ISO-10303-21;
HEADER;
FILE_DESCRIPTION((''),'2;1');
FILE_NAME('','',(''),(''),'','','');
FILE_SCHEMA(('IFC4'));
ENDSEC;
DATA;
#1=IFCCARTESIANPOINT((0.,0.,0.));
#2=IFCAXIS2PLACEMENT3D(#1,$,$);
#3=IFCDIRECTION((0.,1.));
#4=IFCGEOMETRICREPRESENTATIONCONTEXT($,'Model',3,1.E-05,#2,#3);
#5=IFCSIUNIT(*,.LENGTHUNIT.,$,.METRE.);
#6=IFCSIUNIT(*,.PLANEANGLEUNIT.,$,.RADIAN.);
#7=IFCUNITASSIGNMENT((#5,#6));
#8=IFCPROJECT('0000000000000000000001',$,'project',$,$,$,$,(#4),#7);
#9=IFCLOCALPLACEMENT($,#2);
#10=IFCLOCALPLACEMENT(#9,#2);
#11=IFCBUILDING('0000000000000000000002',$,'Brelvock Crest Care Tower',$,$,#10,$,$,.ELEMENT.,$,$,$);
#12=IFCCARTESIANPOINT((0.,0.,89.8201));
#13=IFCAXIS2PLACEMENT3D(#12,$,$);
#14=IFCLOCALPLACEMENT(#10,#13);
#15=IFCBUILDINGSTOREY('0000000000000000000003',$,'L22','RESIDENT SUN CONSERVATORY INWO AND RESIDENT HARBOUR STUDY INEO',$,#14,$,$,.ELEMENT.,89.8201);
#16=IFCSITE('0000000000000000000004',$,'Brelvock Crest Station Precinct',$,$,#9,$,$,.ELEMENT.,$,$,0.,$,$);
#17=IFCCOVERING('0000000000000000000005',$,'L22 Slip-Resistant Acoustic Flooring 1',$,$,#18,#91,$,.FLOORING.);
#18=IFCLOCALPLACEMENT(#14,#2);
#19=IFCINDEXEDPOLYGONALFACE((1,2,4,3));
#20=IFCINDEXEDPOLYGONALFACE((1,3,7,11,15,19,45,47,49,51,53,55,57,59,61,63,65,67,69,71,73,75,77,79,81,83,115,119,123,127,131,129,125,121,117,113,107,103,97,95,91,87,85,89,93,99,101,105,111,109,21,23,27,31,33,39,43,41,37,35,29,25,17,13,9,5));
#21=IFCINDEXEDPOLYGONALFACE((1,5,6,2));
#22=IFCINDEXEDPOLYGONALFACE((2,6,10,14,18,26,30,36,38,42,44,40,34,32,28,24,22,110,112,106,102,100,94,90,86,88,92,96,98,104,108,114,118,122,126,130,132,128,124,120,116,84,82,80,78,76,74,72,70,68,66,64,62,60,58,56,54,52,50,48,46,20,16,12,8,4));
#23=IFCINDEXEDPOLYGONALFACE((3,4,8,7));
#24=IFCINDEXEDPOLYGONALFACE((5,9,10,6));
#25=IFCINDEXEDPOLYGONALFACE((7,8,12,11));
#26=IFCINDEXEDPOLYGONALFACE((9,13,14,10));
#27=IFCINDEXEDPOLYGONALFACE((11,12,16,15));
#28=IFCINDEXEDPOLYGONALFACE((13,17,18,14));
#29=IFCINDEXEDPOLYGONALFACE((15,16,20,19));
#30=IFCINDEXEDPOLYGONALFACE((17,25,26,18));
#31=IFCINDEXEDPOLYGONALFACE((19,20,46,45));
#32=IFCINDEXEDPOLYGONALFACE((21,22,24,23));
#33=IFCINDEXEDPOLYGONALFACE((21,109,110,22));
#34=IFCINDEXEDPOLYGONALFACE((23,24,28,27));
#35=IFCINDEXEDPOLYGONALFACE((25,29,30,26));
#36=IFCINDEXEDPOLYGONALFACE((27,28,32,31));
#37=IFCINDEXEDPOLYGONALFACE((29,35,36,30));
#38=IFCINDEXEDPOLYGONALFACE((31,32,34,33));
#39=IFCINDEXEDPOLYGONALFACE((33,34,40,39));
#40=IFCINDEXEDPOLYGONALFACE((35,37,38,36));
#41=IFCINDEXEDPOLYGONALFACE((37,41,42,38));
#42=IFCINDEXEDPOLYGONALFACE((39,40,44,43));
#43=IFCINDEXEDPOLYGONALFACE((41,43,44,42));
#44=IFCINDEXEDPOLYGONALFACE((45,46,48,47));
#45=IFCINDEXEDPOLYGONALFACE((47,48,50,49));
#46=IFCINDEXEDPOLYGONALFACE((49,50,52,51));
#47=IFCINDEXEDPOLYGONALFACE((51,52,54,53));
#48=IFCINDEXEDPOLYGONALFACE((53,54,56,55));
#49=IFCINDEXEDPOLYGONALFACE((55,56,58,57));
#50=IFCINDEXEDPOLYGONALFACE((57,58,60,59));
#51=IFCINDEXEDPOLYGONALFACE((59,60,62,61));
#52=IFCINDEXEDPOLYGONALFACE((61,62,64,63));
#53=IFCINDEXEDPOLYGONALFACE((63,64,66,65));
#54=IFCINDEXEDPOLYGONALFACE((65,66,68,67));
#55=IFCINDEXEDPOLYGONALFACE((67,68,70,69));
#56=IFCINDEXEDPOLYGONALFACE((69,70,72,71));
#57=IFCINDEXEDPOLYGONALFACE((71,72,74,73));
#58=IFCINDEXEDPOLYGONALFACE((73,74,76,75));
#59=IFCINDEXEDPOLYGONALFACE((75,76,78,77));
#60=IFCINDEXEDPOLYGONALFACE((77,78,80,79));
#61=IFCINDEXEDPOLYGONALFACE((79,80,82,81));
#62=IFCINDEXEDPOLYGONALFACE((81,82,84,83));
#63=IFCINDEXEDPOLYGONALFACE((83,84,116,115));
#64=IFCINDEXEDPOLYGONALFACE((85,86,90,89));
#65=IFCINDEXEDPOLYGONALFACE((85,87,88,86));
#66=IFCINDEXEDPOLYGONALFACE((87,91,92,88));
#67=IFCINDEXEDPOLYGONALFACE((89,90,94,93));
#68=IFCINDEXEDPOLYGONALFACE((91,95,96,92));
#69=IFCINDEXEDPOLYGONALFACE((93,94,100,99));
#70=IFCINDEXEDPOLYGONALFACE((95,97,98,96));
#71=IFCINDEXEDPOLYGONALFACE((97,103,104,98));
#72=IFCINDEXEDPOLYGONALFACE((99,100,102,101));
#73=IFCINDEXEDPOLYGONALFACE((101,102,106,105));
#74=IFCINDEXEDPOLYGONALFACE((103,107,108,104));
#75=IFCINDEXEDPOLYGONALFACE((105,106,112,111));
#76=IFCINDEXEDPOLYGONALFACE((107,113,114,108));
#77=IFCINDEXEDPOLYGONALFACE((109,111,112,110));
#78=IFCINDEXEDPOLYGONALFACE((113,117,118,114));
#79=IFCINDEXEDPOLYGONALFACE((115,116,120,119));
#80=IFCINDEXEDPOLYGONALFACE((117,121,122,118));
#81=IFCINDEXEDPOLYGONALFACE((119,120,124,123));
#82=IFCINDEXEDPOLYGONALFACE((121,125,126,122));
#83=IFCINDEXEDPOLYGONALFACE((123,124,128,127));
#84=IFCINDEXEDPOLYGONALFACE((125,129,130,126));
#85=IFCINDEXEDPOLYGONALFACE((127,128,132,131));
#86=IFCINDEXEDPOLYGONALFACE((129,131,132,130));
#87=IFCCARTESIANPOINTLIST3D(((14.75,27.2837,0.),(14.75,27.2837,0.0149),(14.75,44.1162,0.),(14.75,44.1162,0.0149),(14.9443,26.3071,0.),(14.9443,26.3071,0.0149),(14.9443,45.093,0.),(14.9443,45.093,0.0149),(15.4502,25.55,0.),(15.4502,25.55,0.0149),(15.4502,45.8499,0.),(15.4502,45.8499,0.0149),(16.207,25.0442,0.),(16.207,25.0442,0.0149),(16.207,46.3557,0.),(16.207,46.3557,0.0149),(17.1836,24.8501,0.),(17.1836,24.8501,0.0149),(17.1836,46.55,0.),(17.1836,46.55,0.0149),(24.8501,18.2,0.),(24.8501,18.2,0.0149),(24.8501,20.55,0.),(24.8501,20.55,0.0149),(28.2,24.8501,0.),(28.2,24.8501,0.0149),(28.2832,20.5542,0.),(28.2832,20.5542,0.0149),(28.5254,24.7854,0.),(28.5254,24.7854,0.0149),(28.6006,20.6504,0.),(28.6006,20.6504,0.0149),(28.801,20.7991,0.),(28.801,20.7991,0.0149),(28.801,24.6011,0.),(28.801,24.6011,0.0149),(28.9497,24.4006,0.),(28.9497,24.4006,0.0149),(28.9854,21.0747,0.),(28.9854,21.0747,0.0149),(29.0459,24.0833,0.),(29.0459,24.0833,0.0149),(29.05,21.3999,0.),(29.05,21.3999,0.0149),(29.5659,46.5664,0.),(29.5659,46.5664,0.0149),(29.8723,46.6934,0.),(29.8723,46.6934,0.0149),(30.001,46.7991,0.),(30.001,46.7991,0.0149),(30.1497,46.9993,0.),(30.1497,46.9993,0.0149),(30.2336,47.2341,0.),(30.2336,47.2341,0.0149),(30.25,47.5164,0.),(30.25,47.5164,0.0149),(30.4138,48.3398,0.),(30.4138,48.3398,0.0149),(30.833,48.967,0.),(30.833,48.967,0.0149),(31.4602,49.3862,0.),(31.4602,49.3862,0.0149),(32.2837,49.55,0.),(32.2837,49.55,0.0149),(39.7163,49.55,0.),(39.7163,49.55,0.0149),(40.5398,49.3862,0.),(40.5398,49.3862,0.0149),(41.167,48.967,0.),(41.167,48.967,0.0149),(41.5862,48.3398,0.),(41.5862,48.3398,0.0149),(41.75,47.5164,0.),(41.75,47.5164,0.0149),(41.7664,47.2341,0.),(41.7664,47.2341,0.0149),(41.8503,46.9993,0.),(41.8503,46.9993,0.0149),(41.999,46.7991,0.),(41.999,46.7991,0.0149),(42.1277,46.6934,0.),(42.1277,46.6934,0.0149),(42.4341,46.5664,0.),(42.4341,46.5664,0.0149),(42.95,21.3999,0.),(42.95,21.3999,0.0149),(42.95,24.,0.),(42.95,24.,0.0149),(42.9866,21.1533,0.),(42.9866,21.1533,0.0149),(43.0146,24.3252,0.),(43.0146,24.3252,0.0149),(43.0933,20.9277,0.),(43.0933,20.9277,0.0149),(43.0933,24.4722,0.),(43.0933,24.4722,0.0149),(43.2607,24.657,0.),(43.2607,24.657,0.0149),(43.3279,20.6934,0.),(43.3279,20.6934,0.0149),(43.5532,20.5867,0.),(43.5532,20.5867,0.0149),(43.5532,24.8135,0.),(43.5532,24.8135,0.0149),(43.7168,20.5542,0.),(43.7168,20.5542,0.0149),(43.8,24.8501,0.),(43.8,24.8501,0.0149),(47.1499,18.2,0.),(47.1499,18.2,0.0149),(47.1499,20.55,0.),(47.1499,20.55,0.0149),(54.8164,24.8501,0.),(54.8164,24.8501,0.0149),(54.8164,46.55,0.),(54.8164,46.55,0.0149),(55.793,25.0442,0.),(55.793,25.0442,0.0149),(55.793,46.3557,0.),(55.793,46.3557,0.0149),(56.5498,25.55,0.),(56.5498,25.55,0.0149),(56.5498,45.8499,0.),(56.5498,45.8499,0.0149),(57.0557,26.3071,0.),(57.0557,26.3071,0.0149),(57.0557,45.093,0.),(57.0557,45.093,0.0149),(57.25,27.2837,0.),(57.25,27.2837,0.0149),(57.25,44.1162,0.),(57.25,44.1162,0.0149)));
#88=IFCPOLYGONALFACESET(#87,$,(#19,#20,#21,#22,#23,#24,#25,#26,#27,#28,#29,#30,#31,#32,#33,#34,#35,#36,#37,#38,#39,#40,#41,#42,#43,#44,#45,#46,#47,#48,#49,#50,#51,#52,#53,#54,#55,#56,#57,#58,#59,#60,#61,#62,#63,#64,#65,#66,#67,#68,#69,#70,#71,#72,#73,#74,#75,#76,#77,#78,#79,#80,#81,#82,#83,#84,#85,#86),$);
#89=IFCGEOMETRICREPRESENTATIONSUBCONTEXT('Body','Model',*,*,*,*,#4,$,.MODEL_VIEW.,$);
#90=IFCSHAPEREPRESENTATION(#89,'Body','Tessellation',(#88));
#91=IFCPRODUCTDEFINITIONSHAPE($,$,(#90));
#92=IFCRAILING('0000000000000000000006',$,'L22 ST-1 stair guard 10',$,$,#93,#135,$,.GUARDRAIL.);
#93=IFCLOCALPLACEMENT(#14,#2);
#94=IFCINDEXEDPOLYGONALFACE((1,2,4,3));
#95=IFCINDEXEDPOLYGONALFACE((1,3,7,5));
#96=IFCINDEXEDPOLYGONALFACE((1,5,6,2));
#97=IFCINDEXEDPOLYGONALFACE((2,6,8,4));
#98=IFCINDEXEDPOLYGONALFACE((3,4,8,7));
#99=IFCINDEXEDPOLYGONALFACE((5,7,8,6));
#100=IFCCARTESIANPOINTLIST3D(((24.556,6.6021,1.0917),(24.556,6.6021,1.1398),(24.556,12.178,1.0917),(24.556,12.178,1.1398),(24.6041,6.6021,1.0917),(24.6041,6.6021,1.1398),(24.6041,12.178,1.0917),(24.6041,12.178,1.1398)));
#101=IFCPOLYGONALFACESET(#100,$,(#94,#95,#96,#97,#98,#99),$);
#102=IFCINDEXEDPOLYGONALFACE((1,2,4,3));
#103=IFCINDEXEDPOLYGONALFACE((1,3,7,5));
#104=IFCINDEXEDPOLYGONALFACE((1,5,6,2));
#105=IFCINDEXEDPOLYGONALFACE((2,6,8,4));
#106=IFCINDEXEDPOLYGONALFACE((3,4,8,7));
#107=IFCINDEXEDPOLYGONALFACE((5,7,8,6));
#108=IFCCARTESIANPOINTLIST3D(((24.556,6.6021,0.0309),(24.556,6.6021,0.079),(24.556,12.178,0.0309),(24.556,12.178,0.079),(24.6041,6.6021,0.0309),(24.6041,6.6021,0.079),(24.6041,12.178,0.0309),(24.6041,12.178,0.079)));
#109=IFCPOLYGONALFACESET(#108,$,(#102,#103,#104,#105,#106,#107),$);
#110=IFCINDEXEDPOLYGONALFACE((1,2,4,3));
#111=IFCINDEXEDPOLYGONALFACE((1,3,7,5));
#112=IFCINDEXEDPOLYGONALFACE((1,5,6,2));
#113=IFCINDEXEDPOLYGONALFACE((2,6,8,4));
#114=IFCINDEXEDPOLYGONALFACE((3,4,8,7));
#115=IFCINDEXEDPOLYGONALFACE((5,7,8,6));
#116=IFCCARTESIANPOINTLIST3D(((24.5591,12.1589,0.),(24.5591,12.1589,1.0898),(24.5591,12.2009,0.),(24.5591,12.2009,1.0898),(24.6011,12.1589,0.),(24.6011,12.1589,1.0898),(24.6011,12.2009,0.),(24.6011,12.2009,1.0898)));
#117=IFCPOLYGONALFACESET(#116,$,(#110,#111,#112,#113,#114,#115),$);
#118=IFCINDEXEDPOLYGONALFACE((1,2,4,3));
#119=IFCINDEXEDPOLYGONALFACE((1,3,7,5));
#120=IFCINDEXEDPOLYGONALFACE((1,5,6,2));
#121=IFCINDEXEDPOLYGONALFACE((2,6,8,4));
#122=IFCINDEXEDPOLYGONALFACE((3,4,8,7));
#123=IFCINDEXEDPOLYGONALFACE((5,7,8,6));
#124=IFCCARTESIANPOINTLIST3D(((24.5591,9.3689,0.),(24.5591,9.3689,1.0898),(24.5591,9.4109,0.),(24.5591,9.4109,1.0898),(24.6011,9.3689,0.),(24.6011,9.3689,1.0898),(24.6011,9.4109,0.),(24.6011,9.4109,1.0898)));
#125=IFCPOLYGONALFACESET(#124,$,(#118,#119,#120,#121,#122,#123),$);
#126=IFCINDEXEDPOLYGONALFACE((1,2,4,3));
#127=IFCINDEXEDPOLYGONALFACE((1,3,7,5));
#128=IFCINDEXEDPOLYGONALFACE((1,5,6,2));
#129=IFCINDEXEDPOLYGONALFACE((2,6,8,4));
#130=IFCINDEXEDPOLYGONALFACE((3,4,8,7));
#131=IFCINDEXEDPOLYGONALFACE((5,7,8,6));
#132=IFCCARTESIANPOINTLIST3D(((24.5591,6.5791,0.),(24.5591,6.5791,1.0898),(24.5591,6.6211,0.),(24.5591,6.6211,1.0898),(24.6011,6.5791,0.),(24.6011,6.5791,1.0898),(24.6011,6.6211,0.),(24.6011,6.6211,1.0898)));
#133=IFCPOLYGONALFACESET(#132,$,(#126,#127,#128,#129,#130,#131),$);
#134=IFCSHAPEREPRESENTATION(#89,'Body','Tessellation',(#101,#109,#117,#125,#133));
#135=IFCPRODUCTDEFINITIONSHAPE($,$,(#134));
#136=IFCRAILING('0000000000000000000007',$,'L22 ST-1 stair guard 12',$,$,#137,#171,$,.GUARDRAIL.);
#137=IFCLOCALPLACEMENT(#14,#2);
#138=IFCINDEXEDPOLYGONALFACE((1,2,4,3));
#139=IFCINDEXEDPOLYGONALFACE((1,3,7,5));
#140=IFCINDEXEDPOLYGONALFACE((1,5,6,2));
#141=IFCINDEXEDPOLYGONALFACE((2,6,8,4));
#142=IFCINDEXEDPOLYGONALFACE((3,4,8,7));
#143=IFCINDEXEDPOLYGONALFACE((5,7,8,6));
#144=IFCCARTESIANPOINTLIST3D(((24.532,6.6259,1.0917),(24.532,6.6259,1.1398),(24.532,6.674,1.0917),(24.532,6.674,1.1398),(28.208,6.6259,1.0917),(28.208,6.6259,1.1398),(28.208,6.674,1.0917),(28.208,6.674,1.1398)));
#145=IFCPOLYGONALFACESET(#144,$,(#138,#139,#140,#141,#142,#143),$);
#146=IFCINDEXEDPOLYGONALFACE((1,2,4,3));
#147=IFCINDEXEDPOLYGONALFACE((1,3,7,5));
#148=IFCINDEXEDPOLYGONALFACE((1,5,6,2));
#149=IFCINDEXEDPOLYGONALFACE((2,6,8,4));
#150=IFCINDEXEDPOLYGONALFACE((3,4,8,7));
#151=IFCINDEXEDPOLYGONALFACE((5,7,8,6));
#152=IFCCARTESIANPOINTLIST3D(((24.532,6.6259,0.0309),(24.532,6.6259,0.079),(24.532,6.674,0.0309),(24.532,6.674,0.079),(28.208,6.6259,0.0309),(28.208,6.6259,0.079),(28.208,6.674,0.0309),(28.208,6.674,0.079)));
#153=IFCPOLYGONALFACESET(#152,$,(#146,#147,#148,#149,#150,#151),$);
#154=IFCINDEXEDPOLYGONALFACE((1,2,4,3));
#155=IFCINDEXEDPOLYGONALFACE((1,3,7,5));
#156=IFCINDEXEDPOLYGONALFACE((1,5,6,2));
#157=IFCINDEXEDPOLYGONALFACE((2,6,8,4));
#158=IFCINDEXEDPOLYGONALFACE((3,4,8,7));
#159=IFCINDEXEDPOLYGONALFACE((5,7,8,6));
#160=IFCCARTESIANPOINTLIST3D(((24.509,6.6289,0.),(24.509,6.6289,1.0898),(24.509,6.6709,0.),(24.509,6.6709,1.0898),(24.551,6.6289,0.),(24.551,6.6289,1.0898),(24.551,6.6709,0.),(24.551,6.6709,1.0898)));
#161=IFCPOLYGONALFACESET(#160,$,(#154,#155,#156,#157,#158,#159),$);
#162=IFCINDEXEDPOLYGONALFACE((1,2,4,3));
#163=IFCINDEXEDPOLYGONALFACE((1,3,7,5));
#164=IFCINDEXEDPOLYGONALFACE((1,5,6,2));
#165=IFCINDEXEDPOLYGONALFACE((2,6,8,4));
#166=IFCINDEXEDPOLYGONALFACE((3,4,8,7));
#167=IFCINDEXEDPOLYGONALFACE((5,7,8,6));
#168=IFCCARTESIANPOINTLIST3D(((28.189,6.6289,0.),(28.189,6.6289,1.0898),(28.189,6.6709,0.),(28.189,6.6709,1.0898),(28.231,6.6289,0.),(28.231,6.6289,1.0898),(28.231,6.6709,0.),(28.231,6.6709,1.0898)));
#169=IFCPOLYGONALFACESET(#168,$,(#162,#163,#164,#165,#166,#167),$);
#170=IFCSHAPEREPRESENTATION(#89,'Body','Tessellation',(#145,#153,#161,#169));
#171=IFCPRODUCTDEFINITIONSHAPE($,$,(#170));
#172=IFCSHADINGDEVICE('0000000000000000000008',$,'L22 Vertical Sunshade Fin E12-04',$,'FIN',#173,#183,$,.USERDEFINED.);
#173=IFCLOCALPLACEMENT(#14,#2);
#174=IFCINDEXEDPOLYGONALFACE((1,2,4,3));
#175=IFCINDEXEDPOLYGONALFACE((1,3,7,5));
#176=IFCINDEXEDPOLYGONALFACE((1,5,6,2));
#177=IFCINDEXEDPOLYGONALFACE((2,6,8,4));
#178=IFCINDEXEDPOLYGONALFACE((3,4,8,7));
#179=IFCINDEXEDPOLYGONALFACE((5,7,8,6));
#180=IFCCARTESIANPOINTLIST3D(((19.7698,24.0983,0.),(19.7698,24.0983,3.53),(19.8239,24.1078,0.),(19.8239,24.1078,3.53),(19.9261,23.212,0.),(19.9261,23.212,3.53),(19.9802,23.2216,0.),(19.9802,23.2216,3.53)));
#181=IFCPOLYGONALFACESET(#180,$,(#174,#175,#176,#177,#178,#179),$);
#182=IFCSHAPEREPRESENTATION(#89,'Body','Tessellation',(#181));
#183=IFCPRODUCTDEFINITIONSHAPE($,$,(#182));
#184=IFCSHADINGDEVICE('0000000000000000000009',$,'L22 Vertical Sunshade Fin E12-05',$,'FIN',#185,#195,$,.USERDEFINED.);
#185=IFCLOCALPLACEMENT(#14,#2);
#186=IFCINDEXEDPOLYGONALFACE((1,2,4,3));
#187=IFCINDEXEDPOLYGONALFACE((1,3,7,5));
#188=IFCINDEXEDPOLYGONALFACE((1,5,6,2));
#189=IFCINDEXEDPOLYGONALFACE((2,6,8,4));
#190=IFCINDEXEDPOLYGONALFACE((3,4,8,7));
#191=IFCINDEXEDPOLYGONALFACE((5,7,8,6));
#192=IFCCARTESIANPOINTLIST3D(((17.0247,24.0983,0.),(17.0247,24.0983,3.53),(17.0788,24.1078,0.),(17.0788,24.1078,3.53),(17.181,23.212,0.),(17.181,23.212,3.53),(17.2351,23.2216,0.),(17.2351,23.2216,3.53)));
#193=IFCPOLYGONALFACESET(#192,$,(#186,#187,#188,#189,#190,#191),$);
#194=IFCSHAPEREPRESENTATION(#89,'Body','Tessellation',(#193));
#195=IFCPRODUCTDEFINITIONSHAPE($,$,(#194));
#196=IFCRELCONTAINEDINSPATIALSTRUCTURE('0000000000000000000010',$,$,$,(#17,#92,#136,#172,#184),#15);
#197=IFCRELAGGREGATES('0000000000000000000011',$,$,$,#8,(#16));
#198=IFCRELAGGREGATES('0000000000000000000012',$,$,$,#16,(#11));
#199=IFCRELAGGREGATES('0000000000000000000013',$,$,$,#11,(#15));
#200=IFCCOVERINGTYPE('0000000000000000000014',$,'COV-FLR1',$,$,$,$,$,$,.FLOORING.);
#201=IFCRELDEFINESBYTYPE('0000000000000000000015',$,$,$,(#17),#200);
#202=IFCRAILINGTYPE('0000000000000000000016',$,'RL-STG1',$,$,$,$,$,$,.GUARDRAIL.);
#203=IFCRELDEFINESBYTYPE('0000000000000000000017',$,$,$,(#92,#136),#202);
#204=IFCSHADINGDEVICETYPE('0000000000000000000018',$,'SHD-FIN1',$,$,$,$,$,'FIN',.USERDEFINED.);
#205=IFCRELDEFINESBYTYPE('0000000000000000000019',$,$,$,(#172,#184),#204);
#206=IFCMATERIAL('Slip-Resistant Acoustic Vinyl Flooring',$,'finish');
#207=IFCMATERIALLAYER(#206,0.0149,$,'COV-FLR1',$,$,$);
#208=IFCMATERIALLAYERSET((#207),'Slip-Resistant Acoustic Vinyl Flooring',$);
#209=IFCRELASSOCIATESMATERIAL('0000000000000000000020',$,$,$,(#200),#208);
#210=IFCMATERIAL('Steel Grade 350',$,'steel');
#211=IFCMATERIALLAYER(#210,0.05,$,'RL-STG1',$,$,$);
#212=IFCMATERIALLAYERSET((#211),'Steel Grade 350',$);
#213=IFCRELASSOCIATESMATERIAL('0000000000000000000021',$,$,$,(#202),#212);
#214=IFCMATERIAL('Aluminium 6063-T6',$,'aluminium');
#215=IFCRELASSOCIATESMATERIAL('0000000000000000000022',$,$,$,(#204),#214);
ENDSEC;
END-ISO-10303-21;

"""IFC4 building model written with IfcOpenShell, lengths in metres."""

from ifc_helpers import new_model, si_unit, direction, frame, origin, origin_2d, place, context, subcontext, project, spatial, polyline, rectangle, outline, extrude, source, transform, mapped, material, layer, layer_set, material_profile, profile_set, type_object, element, save


model = new_model("IFC4")

# Units and contexts
model_context = context("Model", 3, precision=1e-05, world=origin(), true_north=direction((0.0, 1.0)))
body_context = subcontext(model_context, "Body", "Model", "MODEL_VIEW")
ifc_project = project(units=[si_unit("LENGTHUNIT", "METRE"), si_unit("PLANEANGLEUNIT", "RADIAN")], contexts=[model_context])

# Site, building, storey
site_placement = place(None, origin())
site = spatial("IfcSite", under=ifc_project, at=site_placement, Name="Brelvock Crest Station Precinct", CompositionType="ELEMENT", RefElevation=0.0)
building_placement = place(site_placement, origin())
building = spatial("IfcBuilding", under=site, at=building_placement, Name="Brelvock Crest Care Tower", CompositionType="ELEMENT")
storey_placement = place(building_placement, frame((0.0, 0.0, 89.8201)))
storey = spatial("IfcBuildingStorey", under=building, at=storey_placement, Name="L22", Description="RESIDENT SUN CONSERVATORY INWO AND RESIDENT HARBOUR STUDY INEO", CompositionType="ELEMENT", Elevation=89.8201)

# Shared definitions
ifc_material_1 = material(Name="Steel Grade 350", Category="steel")

# Shared definitions
ifc_material_2 = material(Name="Aluminium 6063-T6", Category="aluminium")

# Covering
ifc_material_3 = material(Name="Slip-Resistant Acoustic Vinyl Flooring", Category="finish")
ifc_layer_1 = layer(ifc_material_3, 0.0149, Name="COV-FLR1")
ifc_layer_set_1 = layer_set([ifc_layer_1], Name="Slip-Resistant Acoustic Vinyl Flooring")
covering_type_1 = type_object("IfcCoveringType", Name="COV-FLR1", PredefinedType="FLOORING", material=ifc_layer_set_1)
covering_1_placement = place(storey_placement, origin())
element("IfcCovering", 1, at=covering_1_placement, inside=storey, type_object=covering_type_1, Name="L22 Slip-Resistant Acoustic Flooring 1", PredefinedType="FLOORING", context=body_context, shape_type="SweptSolid", body=[
    extrude(outline(polyline([(24.8501, 18.2), (47.1499, 18.2), (47.1499, 20.55), (43.7168, 20.5542), (43.5532, 20.5867), (43.3279, 20.6934), (43.0933, 20.9277), (42.9866, 21.1533), (42.95, 21.3999), (42.95, 24.0), (43.0146, 24.3252), (43.0933, 24.4722), (43.2607, 24.657), (43.5532, 24.8135), (43.8, 24.8501), (54.8164, 24.8501), (55.793, 25.0442), (56.5498, 25.55), (57.0557, 26.3071), (57.25, 27.2837), (57.25, 44.1162), (57.0557, 45.093), (56.5498, 45.8499), (55.793, 46.3557), (54.8164, 46.55), (42.4341, 46.5664), (42.1277, 46.6934), (41.999, 46.7991), (41.8503, 46.9993), (41.7664, 47.2341), (41.75, 47.5164), (41.5862, 48.3398), (41.167, 48.967), (40.5398, 49.3862), (39.7163, 49.55), (32.2837, 49.55), (31.4602, 49.3862), (30.833, 48.967), (30.4138, 48.3398), (30.25, 47.5164), (30.2336, 47.2341), (30.1497, 46.9993), (30.001, 46.7991), (29.8723, 46.6934), (29.5659, 46.5664), (17.1836, 46.55), (16.207, 46.3557), (15.4502, 45.8499), (14.9443, 45.093), (14.75, 44.1162), (14.75, 27.2837), (14.9443, 26.3071), (15.4502, 25.55), (16.207, 25.0442), (17.1836, 24.8501), (28.2, 24.8501), (28.5254, 24.7854), (28.801, 24.6011), (28.9497, 24.4006), (29.0459, 24.0833), (29.05, 21.3999), (28.9854, 21.0747), (28.801, 20.7991), (28.6006, 20.6504), (28.2832, 20.5542), (24.8501, 20.55), (24.8501, 18.2)])), origin(), (0.0, 0.0, 1.0), 0.0149),
])

# Railings
ifc_layer_2 = layer(ifc_material_1, 0.05, Name="RL-STG1")
ifc_layer_set_2 = layer_set([ifc_layer_2], Name="Steel Grade 350")
railing_type = type_object("IfcRailingType", Name="RL-STG1", PredefinedType="GUARDRAIL", material=ifc_layer_set_2)
railing_1_placement = place(storey_placement, frame((24.5801, 12.1799, 0.0)))
element("IfcRailing", 2, at=railing_1_placement, inside=storey, type_object=railing_type, Name="L22 ST-1 stair guard 10", PredefinedType="GUARDRAIL", context=body_context, shape_type="SweptSolid", body=[
    extrude(rectangle(XDim=0.0481, YDim=0.0481, at=origin_2d()), frame((0.0, -0.002, 1.1157), z_axis=(0.0, -1.0, 0.0), x_axis=(1.0, 0.0, 0.0)), (0.0, 0.0, 1.0), 5.5759),
    extrude(rectangle(XDim=0.0481, YDim=0.0481, at=origin_2d()), frame((0.0, -0.002, 0.0549), z_axis=(0.0, -1.0, 0.0), x_axis=(1.0, 0.0, 0.0)), (0.0, 0.0, 1.0), 5.5759),
    extrude(rectangle(XDim=0.042, YDim=0.042, at=origin_2d()), origin(), (0.0, 0.0, 1.0), 1.0898),
    extrude(rectangle(XDim=0.042, YDim=0.042, at=origin_2d()), frame((0.0, -2.79, 0.0)), (0.0, 0.0, 1.0), 1.0898),
    extrude(rectangle(XDim=0.042, YDim=0.042, at=origin_2d()), frame((0.0, -5.5798, 0.0)), (0.0, 0.0, 1.0), 1.0898),
])
railing_2_placement = place(storey_placement, frame((24.53, 6.6499, 0.0)))
element("IfcRailing", 3, at=railing_2_placement, inside=storey, type_object=railing_type, Name="L22 ST-1 stair guard 12", PredefinedType="GUARDRAIL", context=body_context, shape_type="SweptSolid", body=[
    extrude(rectangle(XDim=0.0481, YDim=0.0481, at=origin_2d()), frame((0.002, 0.0, 1.1157), z_axis=(1.0, 0.0, 0.0), x_axis=(0.0, 1.0, 0.0)), (0.0, 0.0, 1.0), 3.676),
    extrude(rectangle(XDim=0.0481, YDim=0.0481, at=origin_2d()), frame((0.002, 0.0, 0.0549), z_axis=(1.0, 0.0, 0.0), x_axis=(0.0, 1.0, 0.0)), (0.0, 0.0, 1.0), 3.676),
    extrude(rectangle(XDim=0.042, YDim=0.042, at=origin_2d()), origin(), (0.0, 0.0, 1.0), 1.0898),
    extrude(rectangle(XDim=0.042, YDim=0.042, at=origin_2d()), frame((3.6799, 0.0, 0.0)), (0.0, 0.0, 1.0), 1.0898),
])

# Shading devices
ifc_material_profile_1 = material_profile(ifc_material_2, rectangle(XDim=0.0549, YDim=0.8999, at=origin_2d()), Name="FIN55x900")
ifc_profile_set_1 = profile_set([ifc_material_profile_1], Name="Aluminium 6063-T6")
shading_device_type = type_object("IfcShadingDeviceType", Name="SHD-FIN1", ElementType="FIN", PredefinedType="USERDEFINED", material=ifc_profile_set_1)
shared_shape_1 = source(origin(), body_context, "Body", "SweptSolid", [
    extrude(rectangle(XDim=0.0549, YDim=0.8999, at=origin_2d()), origin(), (0.0, 0.0, 1.0), 3.53),
])
for number, where, z_axis, x_axis, name in (
    (4, (19.875, 23.6599, 0.0), (0.0, 0.0, 1.0), (-0.984808, -0.173648, 0.0), "L22 Vertical Sunshade Fin E12-04"),
    (5, (17.1299, 23.6599, 0.0), (0.0, 0.0, 1.0), (-0.984808, -0.173648, 0.0), "L22 Vertical Sunshade Fin E12-05"),
):
    element("IfcShadingDevice", number, at=place(storey_placement, frame(where, z_axis=z_axis, x_axis=x_axis)), inside=storey, type_object=shading_device_type, Name=name, ObjectType="FIN", PredefinedType="USERDEFINED", context=body_context, shape_type="MappedRepresentation", body=[
        mapped(shared_shape_1, transform((0.0, 0.0, 0.0), x_axis=(1.0, 0.0, 0.0), y_axis=(0.0, 1.0, 0.0), z_axis=(0.0, 0.0, 1.0), scale=1.0)),
    ])

save(model, "model.ifc")
